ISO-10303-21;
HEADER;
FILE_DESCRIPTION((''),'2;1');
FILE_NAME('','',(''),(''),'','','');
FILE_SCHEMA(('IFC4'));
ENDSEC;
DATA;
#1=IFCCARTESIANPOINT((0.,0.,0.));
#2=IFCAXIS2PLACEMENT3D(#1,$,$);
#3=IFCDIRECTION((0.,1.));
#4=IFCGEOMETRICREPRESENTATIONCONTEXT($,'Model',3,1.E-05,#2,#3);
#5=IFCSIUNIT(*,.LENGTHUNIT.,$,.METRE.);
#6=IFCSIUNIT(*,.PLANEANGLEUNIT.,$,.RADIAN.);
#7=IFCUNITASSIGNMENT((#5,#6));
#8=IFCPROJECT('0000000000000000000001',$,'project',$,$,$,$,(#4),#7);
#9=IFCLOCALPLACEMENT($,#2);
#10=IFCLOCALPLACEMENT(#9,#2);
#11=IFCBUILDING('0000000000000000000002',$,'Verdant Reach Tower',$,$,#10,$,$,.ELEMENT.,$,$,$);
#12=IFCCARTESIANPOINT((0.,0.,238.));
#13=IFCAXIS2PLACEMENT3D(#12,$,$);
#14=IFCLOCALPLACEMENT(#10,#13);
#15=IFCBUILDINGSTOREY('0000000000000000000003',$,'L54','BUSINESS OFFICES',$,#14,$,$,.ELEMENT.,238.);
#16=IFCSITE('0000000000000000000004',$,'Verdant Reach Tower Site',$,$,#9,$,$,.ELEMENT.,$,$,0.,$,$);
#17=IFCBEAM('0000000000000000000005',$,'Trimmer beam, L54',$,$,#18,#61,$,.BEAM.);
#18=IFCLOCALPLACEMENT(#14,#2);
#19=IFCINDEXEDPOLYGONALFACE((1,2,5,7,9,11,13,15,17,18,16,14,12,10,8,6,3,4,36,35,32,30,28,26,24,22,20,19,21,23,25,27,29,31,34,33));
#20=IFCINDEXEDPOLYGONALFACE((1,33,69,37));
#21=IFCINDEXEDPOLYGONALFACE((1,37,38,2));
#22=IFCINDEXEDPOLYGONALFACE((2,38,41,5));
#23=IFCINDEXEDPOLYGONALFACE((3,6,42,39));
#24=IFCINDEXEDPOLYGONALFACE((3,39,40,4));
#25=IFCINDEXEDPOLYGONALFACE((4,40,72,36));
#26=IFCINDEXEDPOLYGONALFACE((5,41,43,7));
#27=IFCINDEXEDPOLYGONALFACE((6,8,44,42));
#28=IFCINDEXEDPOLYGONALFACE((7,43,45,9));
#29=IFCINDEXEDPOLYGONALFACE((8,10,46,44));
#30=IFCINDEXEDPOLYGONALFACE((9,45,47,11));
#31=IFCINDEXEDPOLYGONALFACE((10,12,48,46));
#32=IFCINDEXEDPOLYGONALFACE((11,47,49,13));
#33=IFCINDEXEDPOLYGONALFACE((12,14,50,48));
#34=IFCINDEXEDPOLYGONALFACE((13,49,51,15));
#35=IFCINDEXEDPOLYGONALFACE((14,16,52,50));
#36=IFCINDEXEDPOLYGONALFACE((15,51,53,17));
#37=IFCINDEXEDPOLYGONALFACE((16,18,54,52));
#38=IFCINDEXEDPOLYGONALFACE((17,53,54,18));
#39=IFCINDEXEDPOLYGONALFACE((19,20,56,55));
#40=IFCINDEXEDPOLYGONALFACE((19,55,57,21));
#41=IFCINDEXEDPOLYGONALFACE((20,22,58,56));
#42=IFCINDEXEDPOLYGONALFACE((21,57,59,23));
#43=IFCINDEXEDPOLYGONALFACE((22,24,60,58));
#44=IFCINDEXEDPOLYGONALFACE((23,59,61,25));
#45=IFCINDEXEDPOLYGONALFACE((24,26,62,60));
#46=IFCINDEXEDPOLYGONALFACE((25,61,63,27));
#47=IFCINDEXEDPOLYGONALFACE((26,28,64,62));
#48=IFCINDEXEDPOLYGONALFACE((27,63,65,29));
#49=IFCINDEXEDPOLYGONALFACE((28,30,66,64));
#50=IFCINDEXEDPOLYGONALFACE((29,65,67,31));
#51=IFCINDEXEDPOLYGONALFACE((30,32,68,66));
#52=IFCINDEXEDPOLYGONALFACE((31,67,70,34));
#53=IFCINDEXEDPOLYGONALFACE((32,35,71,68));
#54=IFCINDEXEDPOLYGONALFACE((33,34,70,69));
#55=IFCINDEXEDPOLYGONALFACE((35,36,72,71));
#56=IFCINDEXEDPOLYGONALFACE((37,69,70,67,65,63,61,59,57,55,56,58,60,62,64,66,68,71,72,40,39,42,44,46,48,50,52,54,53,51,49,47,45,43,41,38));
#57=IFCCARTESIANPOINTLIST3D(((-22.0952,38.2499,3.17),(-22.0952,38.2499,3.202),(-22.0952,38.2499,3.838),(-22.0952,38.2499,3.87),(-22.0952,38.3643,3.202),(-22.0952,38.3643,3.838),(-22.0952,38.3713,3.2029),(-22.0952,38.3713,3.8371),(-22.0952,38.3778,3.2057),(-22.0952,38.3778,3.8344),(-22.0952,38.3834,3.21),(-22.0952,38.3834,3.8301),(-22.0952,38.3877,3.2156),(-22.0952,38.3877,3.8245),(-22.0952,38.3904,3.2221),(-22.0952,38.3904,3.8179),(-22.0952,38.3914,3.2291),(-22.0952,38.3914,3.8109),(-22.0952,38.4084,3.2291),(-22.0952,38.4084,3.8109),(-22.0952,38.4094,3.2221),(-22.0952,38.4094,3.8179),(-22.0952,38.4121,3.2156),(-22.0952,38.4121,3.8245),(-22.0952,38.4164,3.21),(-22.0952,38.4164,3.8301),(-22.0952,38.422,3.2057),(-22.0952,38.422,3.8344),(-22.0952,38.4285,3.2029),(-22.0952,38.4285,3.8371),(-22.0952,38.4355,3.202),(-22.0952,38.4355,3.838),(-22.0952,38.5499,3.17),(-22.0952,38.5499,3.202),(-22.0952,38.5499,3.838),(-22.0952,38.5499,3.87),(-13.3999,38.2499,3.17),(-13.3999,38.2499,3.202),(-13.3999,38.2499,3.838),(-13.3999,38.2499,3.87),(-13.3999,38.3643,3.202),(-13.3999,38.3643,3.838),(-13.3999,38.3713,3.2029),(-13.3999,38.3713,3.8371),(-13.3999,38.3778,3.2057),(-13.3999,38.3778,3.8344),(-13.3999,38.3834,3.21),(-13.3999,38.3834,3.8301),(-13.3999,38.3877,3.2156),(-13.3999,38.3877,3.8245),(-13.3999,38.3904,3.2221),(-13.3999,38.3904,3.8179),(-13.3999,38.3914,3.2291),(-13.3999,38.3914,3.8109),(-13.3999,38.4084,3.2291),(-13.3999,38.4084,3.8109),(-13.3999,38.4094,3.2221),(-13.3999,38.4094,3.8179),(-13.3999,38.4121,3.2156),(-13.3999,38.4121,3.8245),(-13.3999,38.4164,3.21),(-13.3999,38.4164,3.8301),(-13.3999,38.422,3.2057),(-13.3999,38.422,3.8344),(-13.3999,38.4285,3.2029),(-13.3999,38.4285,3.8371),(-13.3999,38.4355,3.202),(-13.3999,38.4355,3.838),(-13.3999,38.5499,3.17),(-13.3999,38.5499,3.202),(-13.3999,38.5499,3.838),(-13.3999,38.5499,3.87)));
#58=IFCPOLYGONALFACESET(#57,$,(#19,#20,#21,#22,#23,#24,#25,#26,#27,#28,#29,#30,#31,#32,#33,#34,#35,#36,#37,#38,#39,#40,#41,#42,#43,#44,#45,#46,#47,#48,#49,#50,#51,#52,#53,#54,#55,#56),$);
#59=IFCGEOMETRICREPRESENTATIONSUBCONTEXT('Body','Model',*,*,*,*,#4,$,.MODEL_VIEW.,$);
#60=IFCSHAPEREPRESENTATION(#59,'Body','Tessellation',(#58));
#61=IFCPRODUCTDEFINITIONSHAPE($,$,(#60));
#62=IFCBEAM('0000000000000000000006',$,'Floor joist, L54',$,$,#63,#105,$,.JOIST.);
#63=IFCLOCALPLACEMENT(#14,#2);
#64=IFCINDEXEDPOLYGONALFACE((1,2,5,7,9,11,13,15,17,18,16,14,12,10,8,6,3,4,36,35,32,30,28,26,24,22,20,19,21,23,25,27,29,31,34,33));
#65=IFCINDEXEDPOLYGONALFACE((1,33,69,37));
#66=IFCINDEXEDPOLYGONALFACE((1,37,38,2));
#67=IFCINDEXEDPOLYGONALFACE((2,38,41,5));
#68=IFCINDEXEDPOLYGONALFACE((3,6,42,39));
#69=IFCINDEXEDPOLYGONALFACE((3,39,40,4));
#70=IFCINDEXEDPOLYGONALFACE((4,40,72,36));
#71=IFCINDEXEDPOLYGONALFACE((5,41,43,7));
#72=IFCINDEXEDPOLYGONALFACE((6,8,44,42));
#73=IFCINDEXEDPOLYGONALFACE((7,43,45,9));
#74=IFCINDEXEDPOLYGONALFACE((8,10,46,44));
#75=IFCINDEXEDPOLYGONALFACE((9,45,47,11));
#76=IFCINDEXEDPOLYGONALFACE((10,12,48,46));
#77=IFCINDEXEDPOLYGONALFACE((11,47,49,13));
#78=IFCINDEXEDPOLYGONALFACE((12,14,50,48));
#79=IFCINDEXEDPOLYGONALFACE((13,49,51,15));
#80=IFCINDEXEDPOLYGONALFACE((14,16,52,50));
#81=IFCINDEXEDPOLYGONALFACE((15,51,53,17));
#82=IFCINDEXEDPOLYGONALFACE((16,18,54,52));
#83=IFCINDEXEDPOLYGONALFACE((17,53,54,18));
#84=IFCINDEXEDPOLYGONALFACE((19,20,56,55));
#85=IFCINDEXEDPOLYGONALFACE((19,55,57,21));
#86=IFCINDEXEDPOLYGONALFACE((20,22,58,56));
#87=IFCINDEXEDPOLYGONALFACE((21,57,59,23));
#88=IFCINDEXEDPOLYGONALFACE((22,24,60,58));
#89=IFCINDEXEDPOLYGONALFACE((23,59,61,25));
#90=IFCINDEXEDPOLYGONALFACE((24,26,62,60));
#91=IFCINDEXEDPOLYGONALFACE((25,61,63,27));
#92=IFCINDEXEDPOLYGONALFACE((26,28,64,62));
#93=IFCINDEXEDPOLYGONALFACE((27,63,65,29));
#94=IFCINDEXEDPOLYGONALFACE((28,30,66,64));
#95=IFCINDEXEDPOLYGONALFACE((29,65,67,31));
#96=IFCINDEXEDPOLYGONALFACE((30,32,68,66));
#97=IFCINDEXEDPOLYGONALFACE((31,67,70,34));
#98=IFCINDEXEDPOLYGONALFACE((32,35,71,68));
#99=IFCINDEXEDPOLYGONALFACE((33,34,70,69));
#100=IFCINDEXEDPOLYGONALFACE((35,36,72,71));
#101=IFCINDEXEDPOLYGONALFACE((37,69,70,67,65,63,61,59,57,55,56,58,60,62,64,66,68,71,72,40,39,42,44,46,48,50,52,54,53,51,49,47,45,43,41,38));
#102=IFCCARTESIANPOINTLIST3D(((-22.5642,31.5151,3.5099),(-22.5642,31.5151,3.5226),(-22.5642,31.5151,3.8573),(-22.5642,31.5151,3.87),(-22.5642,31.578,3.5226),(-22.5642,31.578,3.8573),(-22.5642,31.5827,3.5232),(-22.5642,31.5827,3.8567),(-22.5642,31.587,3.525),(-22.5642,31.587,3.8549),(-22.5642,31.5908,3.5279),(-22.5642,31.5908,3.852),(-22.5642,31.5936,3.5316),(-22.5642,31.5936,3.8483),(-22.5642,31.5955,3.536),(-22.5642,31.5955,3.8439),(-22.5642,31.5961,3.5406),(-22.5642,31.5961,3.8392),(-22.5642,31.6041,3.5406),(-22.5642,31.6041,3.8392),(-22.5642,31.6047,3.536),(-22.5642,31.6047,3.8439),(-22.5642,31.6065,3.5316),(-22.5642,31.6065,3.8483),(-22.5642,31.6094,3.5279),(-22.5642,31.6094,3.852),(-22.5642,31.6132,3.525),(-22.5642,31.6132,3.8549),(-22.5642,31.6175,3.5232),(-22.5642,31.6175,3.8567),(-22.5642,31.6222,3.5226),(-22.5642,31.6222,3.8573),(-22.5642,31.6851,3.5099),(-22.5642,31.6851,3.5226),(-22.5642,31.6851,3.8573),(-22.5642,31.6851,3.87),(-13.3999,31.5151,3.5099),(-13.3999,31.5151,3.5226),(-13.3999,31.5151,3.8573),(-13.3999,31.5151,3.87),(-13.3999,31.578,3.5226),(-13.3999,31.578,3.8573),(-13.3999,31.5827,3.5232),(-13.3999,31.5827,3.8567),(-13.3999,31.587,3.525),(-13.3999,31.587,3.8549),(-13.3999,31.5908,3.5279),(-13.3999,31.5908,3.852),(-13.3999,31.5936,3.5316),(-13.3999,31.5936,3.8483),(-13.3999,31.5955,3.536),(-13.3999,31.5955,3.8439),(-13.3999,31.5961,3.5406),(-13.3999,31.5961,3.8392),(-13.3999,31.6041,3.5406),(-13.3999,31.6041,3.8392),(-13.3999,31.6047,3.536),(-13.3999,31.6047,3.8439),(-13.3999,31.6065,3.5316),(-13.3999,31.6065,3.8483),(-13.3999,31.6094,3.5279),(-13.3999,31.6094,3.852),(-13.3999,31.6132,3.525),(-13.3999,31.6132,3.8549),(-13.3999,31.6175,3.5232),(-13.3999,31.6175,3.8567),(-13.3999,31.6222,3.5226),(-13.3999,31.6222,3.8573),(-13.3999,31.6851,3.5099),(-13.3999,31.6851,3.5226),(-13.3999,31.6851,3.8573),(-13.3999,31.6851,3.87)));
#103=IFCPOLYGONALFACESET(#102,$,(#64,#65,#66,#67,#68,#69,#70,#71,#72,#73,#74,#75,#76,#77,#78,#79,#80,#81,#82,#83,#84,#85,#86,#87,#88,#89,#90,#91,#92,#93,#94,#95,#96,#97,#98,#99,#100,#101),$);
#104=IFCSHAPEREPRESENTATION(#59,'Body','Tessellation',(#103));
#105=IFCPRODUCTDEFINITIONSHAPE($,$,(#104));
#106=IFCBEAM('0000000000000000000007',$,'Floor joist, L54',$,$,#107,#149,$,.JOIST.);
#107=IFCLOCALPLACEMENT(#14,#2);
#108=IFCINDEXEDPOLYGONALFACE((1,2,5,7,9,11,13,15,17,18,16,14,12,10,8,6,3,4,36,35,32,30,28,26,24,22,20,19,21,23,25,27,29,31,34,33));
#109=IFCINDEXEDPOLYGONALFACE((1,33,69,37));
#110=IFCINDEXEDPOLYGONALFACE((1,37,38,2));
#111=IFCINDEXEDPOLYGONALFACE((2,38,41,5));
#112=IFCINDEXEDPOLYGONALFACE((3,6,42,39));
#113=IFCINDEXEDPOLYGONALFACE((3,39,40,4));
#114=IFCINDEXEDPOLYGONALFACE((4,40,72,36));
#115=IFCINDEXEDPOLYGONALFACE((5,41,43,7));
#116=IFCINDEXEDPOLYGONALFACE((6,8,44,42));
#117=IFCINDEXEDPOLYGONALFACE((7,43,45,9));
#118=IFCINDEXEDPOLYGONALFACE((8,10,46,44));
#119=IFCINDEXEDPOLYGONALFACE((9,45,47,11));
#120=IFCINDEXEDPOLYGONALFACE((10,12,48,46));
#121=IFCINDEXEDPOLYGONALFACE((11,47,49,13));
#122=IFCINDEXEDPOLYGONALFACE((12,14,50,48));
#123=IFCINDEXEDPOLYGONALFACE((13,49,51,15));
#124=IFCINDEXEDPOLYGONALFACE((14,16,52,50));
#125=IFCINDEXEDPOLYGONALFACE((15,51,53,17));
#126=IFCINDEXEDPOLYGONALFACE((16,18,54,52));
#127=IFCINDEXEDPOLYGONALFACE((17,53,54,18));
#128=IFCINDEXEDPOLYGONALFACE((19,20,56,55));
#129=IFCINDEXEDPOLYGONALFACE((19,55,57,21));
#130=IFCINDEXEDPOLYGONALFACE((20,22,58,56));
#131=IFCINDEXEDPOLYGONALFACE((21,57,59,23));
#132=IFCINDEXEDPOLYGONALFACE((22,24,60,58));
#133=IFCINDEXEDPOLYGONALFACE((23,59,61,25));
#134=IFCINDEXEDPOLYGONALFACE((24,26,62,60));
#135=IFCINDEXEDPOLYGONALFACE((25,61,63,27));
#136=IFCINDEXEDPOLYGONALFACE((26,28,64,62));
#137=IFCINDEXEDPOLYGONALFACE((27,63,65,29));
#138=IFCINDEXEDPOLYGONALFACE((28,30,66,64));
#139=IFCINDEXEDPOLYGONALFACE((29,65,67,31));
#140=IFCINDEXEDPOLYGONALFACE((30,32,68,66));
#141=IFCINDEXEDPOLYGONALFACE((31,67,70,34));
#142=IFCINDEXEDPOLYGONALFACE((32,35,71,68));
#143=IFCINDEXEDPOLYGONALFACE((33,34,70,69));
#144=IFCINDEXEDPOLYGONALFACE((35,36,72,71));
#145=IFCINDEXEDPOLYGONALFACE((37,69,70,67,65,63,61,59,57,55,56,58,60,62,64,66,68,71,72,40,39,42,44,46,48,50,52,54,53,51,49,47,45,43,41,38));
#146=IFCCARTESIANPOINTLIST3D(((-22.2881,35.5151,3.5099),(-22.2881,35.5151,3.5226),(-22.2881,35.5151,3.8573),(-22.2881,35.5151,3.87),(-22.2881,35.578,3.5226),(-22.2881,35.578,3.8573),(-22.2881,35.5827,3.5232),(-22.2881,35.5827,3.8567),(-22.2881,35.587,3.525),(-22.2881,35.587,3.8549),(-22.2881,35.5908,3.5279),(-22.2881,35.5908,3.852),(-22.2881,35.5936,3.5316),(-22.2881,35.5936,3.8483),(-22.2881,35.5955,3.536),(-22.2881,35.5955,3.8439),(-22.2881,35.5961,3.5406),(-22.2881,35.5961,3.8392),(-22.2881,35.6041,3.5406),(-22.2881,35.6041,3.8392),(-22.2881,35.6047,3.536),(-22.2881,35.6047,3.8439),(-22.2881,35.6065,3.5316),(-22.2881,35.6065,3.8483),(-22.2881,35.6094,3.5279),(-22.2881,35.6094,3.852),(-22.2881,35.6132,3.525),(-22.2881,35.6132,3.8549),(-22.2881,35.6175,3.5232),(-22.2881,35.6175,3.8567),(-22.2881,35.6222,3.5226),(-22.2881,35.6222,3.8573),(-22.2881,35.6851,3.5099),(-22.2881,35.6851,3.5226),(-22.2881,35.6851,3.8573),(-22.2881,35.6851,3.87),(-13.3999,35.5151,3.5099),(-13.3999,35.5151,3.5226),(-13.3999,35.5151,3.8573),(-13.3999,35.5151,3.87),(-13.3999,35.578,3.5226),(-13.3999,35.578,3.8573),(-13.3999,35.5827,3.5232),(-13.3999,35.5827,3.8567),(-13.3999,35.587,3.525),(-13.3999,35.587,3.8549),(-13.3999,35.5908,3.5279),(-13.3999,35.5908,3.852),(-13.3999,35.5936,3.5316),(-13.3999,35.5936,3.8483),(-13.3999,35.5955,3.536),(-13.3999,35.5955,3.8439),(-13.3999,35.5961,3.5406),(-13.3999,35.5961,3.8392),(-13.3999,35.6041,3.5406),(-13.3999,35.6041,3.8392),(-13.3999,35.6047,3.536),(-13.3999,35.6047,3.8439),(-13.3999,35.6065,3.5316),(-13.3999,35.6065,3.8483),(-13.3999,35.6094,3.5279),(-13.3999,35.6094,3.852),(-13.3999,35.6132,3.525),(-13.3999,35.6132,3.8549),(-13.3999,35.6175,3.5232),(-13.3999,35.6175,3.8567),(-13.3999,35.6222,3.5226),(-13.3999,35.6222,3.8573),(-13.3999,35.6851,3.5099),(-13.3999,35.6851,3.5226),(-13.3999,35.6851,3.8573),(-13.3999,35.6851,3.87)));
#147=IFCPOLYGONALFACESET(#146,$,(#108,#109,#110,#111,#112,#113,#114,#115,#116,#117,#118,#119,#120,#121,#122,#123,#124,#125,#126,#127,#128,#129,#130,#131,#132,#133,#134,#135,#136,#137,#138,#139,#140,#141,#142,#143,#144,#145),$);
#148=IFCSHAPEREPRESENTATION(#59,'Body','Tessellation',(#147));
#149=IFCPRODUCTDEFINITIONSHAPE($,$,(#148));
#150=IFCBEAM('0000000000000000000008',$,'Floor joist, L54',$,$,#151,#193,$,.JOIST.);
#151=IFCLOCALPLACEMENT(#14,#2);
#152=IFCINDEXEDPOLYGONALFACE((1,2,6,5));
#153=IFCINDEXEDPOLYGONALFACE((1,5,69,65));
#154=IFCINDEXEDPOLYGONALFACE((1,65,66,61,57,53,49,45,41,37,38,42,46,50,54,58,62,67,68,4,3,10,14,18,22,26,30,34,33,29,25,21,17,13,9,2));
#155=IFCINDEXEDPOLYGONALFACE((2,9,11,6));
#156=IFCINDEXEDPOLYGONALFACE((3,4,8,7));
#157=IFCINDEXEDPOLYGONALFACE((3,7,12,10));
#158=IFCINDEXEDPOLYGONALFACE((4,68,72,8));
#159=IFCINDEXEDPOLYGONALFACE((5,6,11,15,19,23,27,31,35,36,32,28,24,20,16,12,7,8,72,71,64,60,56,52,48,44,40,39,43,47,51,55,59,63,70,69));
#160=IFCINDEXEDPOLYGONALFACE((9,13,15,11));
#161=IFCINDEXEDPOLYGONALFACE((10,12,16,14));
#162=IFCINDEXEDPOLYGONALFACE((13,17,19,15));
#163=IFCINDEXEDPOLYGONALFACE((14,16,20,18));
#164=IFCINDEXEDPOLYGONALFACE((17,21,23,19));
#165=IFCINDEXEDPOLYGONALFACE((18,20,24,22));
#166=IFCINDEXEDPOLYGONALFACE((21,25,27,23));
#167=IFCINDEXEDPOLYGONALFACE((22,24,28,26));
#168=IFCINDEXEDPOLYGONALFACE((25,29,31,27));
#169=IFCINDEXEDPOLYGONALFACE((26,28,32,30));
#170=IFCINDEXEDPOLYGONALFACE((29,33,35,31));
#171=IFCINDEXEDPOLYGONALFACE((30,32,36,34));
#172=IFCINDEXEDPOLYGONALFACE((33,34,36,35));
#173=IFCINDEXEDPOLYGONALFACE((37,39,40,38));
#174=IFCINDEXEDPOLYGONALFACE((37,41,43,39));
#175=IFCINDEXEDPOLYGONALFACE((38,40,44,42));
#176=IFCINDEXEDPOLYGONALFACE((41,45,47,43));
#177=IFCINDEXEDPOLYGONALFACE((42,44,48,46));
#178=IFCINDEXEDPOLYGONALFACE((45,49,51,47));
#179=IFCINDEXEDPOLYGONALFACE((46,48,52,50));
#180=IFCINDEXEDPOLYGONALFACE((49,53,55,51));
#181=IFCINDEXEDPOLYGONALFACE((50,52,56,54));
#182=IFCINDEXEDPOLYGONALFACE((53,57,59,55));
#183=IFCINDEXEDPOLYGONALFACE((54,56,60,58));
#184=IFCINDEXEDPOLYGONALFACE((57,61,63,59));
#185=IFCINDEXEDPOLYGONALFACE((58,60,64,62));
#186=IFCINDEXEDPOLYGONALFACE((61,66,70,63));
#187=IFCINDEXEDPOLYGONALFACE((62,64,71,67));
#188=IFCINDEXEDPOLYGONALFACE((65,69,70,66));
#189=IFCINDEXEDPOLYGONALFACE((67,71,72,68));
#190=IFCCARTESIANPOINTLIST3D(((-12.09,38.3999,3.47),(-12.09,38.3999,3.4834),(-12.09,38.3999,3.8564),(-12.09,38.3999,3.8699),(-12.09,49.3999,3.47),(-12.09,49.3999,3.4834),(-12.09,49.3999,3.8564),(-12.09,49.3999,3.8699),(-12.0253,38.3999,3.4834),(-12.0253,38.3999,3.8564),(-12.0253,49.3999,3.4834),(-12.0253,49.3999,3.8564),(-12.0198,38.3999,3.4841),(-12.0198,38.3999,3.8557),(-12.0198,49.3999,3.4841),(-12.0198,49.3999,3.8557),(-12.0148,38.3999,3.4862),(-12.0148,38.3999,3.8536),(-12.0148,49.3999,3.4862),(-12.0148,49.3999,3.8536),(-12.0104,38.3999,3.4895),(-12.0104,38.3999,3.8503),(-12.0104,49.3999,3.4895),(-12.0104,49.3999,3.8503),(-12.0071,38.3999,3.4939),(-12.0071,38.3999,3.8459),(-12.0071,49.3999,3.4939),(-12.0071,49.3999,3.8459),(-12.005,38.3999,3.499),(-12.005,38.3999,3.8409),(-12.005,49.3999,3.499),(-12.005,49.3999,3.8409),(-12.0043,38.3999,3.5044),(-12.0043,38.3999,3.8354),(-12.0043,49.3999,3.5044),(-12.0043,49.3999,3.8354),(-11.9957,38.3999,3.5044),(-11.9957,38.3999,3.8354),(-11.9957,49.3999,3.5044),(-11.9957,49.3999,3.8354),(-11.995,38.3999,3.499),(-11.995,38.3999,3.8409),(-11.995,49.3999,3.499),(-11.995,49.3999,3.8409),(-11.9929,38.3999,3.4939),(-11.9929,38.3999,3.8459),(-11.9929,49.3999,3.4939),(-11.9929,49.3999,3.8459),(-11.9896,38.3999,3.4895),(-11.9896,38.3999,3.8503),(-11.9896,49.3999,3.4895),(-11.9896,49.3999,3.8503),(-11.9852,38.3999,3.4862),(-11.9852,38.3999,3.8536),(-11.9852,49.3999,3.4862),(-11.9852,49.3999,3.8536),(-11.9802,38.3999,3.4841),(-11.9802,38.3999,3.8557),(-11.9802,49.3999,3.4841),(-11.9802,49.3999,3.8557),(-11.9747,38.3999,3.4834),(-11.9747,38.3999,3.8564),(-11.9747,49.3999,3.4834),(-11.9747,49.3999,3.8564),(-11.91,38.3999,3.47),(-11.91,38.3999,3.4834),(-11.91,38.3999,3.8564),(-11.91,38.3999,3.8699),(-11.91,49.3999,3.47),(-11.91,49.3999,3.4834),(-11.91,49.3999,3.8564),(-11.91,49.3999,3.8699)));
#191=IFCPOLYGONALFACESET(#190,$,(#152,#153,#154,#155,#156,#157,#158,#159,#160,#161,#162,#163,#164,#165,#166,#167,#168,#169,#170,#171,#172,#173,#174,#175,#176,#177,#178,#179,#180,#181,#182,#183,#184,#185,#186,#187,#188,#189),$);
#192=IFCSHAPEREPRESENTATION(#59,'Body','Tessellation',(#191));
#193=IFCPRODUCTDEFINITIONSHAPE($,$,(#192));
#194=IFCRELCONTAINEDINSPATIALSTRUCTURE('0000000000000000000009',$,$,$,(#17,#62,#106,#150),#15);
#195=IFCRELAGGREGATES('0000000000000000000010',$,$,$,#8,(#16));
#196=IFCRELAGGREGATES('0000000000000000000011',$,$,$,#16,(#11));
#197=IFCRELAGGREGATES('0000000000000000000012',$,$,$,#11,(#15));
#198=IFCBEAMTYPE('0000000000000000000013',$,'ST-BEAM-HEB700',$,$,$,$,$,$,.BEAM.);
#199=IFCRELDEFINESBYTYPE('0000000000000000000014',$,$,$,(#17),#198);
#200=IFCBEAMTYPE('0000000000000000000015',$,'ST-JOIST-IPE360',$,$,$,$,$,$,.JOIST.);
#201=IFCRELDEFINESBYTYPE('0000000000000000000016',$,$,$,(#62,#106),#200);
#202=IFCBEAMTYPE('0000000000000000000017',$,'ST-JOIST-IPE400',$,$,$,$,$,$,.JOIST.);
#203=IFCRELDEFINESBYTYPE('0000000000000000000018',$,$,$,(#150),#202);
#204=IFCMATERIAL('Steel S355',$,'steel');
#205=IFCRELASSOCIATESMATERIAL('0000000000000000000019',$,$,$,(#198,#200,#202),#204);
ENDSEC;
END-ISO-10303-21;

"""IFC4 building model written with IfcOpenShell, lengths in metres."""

from ifc_helpers import new_model, si_unit, direction, frame, origin, origin_2d, place, context, subcontext, project, spatial, i_section, extrude, material, material_profile, profile_set, type_object, element, save


model = new_model("IFC4")

# Units and contexts
model_context = context("Model", 3, precision=1e-05, world=origin(), true_north=direction((0.0, 1.0)))
body_context = subcontext(model_context, "Body", "Model", "MODEL_VIEW")
ifc_project = project(units=[si_unit("LENGTHUNIT", "METRE"), si_unit("PLANEANGLEUNIT", "RADIAN")], contexts=[model_context])

# Site, building, storey
site_placement = place(None, origin())
site = spatial("IfcSite", under=ifc_project, at=site_placement, Name="Verdant Reach Tower Site", CompositionType="ELEMENT", RefElevation=0.0)
building_placement = place(site_placement, origin())
building = spatial("IfcBuilding", under=site, at=building_placement, Name="Verdant Reach Tower", CompositionType="ELEMENT")
storey_placement = place(building_placement, frame((0.0, 0.0, 238.0)))
storey = spatial("IfcBuildingStorey", under=building, at=storey_placement, Name="L54", Description="BUSINESS OFFICES", CompositionType="ELEMENT", Elevation=238.0)

# Beams
ifc_material_1 = material(Name="Steel S355", Category="steel")
ifc_material_profile_1 = material_profile(ifc_material_1, i_section(OverallWidth=0.3, OverallDepth=0.7, WebThickness=0.0171, FlangeThickness=0.032, FilletRadius=0.0271, at=origin_2d()), Name="HEB 700")
ifc_profile_set_1 = profile_set([ifc_material_profile_1], Name="Steel S355")
beam_type_1 = type_object("IfcBeamType", Name="ST-BEAM-HEB700", PredefinedType="BEAM", material=ifc_profile_set_1)
beam_1_placement = place(storey_placement, frame((-13.3999, 38.3999, 3.52), z_axis=(-1.0, 0.0, 0.0), x_axis=(0.0, -1.0, 0.0)))
element("IfcBeam", 1, at=beam_1_placement, inside=storey, type_object=beam_type_1, Name="Trimmer beam, L54", PredefinedType="BEAM", context=body_context, shape_type="SweptSolid", body=[
    extrude(i_section(OverallWidth=0.3, OverallDepth=0.7, WebThickness=0.0171, FlangeThickness=0.032, FilletRadius=0.0271, at=origin_2d()), origin(), (0.0, 0.0, 1.0), 8.6953),
])
ifc_material_profile_2 = material_profile(ifc_material_1, i_section(OverallWidth=0.1699, OverallDepth=0.3601, WebThickness=0.0081, FlangeThickness=0.0127, FilletRadius=0.0181, at=origin_2d()), Name="IPE 360")
ifc_profile_set_2 = profile_set([ifc_material_profile_2], Name="Steel S355")
beam_type_2 = type_object("IfcBeamType", Name="ST-JOIST-IPE360", PredefinedType="JOIST", material=ifc_profile_set_2)
beam_2_placement = place(storey_placement, frame((-13.3999, 31.6001, 3.6899), z_axis=(-1.0, 0.0, 0.0), x_axis=(0.0, -1.0, 0.0)))
element("IfcBeam", 2, at=beam_2_placement, inside=storey, type_object=beam_type_2, Name="Floor joist, L54", PredefinedType="JOIST", context=body_context, shape_type="SweptSolid", body=[
    extrude(i_section(OverallWidth=0.1699, OverallDepth=0.3601, WebThickness=0.0081, FlangeThickness=0.0127, FilletRadius=0.0181, at=origin_2d()), origin(), (0.0, 0.0, 1.0), 9.1643),
])
beam_3_placement = place(storey_placement, frame((-13.3999, 35.6001, 3.6899), z_axis=(-1.0, 0.0, 0.0), x_axis=(0.0, -1.0, 0.0)))
element("IfcBeam", 3, at=beam_3_placement, inside=storey, type_object=beam_type_2, Name="Floor joist, L54", PredefinedType="JOIST", context=body_context, shape_type="SweptSolid", body=[
    extrude(i_section(OverallWidth=0.1699, OverallDepth=0.3601, WebThickness=0.0081, FlangeThickness=0.0127, FilletRadius=0.0181, at=origin_2d()), origin(), (0.0, 0.0, 1.0), 8.8882),
])
ifc_material_profile_3 = material_profile(ifc_material_1, i_section(OverallWidth=0.1799, OverallDepth=0.3999, WebThickness=0.0085, FlangeThickness=0.0134, FilletRadius=0.021, at=origin_2d()), Name="IPE 400")
ifc_profile_set_3 = profile_set([ifc_material_profile_3], Name="Steel S355")
beam_type_3 = type_object("IfcBeamType", Name="ST-JOIST-IPE400", PredefinedType="JOIST", material=ifc_profile_set_3)
beam_4_placement = place(storey_placement, frame((-12.0, 38.3999, 3.6699), z_axis=(0.0, 1.0, 0.0), x_axis=(-1.0, 0.0, 0.0)))
element("IfcBeam", 4, at=beam_4_placement, inside=storey, type_object=beam_type_3, Name="Floor joist, L54", PredefinedType="JOIST", context=body_context, shape_type="SweptSolid", body=[
    extrude(i_section(OverallWidth=0.1799, OverallDepth=0.3999, WebThickness=0.0085, FlangeThickness=0.0134, FilletRadius=0.021, at=origin_2d()), origin(), (0.0, 0.0, 1.0), 11.0),
])

save(model, "model.ifc")
